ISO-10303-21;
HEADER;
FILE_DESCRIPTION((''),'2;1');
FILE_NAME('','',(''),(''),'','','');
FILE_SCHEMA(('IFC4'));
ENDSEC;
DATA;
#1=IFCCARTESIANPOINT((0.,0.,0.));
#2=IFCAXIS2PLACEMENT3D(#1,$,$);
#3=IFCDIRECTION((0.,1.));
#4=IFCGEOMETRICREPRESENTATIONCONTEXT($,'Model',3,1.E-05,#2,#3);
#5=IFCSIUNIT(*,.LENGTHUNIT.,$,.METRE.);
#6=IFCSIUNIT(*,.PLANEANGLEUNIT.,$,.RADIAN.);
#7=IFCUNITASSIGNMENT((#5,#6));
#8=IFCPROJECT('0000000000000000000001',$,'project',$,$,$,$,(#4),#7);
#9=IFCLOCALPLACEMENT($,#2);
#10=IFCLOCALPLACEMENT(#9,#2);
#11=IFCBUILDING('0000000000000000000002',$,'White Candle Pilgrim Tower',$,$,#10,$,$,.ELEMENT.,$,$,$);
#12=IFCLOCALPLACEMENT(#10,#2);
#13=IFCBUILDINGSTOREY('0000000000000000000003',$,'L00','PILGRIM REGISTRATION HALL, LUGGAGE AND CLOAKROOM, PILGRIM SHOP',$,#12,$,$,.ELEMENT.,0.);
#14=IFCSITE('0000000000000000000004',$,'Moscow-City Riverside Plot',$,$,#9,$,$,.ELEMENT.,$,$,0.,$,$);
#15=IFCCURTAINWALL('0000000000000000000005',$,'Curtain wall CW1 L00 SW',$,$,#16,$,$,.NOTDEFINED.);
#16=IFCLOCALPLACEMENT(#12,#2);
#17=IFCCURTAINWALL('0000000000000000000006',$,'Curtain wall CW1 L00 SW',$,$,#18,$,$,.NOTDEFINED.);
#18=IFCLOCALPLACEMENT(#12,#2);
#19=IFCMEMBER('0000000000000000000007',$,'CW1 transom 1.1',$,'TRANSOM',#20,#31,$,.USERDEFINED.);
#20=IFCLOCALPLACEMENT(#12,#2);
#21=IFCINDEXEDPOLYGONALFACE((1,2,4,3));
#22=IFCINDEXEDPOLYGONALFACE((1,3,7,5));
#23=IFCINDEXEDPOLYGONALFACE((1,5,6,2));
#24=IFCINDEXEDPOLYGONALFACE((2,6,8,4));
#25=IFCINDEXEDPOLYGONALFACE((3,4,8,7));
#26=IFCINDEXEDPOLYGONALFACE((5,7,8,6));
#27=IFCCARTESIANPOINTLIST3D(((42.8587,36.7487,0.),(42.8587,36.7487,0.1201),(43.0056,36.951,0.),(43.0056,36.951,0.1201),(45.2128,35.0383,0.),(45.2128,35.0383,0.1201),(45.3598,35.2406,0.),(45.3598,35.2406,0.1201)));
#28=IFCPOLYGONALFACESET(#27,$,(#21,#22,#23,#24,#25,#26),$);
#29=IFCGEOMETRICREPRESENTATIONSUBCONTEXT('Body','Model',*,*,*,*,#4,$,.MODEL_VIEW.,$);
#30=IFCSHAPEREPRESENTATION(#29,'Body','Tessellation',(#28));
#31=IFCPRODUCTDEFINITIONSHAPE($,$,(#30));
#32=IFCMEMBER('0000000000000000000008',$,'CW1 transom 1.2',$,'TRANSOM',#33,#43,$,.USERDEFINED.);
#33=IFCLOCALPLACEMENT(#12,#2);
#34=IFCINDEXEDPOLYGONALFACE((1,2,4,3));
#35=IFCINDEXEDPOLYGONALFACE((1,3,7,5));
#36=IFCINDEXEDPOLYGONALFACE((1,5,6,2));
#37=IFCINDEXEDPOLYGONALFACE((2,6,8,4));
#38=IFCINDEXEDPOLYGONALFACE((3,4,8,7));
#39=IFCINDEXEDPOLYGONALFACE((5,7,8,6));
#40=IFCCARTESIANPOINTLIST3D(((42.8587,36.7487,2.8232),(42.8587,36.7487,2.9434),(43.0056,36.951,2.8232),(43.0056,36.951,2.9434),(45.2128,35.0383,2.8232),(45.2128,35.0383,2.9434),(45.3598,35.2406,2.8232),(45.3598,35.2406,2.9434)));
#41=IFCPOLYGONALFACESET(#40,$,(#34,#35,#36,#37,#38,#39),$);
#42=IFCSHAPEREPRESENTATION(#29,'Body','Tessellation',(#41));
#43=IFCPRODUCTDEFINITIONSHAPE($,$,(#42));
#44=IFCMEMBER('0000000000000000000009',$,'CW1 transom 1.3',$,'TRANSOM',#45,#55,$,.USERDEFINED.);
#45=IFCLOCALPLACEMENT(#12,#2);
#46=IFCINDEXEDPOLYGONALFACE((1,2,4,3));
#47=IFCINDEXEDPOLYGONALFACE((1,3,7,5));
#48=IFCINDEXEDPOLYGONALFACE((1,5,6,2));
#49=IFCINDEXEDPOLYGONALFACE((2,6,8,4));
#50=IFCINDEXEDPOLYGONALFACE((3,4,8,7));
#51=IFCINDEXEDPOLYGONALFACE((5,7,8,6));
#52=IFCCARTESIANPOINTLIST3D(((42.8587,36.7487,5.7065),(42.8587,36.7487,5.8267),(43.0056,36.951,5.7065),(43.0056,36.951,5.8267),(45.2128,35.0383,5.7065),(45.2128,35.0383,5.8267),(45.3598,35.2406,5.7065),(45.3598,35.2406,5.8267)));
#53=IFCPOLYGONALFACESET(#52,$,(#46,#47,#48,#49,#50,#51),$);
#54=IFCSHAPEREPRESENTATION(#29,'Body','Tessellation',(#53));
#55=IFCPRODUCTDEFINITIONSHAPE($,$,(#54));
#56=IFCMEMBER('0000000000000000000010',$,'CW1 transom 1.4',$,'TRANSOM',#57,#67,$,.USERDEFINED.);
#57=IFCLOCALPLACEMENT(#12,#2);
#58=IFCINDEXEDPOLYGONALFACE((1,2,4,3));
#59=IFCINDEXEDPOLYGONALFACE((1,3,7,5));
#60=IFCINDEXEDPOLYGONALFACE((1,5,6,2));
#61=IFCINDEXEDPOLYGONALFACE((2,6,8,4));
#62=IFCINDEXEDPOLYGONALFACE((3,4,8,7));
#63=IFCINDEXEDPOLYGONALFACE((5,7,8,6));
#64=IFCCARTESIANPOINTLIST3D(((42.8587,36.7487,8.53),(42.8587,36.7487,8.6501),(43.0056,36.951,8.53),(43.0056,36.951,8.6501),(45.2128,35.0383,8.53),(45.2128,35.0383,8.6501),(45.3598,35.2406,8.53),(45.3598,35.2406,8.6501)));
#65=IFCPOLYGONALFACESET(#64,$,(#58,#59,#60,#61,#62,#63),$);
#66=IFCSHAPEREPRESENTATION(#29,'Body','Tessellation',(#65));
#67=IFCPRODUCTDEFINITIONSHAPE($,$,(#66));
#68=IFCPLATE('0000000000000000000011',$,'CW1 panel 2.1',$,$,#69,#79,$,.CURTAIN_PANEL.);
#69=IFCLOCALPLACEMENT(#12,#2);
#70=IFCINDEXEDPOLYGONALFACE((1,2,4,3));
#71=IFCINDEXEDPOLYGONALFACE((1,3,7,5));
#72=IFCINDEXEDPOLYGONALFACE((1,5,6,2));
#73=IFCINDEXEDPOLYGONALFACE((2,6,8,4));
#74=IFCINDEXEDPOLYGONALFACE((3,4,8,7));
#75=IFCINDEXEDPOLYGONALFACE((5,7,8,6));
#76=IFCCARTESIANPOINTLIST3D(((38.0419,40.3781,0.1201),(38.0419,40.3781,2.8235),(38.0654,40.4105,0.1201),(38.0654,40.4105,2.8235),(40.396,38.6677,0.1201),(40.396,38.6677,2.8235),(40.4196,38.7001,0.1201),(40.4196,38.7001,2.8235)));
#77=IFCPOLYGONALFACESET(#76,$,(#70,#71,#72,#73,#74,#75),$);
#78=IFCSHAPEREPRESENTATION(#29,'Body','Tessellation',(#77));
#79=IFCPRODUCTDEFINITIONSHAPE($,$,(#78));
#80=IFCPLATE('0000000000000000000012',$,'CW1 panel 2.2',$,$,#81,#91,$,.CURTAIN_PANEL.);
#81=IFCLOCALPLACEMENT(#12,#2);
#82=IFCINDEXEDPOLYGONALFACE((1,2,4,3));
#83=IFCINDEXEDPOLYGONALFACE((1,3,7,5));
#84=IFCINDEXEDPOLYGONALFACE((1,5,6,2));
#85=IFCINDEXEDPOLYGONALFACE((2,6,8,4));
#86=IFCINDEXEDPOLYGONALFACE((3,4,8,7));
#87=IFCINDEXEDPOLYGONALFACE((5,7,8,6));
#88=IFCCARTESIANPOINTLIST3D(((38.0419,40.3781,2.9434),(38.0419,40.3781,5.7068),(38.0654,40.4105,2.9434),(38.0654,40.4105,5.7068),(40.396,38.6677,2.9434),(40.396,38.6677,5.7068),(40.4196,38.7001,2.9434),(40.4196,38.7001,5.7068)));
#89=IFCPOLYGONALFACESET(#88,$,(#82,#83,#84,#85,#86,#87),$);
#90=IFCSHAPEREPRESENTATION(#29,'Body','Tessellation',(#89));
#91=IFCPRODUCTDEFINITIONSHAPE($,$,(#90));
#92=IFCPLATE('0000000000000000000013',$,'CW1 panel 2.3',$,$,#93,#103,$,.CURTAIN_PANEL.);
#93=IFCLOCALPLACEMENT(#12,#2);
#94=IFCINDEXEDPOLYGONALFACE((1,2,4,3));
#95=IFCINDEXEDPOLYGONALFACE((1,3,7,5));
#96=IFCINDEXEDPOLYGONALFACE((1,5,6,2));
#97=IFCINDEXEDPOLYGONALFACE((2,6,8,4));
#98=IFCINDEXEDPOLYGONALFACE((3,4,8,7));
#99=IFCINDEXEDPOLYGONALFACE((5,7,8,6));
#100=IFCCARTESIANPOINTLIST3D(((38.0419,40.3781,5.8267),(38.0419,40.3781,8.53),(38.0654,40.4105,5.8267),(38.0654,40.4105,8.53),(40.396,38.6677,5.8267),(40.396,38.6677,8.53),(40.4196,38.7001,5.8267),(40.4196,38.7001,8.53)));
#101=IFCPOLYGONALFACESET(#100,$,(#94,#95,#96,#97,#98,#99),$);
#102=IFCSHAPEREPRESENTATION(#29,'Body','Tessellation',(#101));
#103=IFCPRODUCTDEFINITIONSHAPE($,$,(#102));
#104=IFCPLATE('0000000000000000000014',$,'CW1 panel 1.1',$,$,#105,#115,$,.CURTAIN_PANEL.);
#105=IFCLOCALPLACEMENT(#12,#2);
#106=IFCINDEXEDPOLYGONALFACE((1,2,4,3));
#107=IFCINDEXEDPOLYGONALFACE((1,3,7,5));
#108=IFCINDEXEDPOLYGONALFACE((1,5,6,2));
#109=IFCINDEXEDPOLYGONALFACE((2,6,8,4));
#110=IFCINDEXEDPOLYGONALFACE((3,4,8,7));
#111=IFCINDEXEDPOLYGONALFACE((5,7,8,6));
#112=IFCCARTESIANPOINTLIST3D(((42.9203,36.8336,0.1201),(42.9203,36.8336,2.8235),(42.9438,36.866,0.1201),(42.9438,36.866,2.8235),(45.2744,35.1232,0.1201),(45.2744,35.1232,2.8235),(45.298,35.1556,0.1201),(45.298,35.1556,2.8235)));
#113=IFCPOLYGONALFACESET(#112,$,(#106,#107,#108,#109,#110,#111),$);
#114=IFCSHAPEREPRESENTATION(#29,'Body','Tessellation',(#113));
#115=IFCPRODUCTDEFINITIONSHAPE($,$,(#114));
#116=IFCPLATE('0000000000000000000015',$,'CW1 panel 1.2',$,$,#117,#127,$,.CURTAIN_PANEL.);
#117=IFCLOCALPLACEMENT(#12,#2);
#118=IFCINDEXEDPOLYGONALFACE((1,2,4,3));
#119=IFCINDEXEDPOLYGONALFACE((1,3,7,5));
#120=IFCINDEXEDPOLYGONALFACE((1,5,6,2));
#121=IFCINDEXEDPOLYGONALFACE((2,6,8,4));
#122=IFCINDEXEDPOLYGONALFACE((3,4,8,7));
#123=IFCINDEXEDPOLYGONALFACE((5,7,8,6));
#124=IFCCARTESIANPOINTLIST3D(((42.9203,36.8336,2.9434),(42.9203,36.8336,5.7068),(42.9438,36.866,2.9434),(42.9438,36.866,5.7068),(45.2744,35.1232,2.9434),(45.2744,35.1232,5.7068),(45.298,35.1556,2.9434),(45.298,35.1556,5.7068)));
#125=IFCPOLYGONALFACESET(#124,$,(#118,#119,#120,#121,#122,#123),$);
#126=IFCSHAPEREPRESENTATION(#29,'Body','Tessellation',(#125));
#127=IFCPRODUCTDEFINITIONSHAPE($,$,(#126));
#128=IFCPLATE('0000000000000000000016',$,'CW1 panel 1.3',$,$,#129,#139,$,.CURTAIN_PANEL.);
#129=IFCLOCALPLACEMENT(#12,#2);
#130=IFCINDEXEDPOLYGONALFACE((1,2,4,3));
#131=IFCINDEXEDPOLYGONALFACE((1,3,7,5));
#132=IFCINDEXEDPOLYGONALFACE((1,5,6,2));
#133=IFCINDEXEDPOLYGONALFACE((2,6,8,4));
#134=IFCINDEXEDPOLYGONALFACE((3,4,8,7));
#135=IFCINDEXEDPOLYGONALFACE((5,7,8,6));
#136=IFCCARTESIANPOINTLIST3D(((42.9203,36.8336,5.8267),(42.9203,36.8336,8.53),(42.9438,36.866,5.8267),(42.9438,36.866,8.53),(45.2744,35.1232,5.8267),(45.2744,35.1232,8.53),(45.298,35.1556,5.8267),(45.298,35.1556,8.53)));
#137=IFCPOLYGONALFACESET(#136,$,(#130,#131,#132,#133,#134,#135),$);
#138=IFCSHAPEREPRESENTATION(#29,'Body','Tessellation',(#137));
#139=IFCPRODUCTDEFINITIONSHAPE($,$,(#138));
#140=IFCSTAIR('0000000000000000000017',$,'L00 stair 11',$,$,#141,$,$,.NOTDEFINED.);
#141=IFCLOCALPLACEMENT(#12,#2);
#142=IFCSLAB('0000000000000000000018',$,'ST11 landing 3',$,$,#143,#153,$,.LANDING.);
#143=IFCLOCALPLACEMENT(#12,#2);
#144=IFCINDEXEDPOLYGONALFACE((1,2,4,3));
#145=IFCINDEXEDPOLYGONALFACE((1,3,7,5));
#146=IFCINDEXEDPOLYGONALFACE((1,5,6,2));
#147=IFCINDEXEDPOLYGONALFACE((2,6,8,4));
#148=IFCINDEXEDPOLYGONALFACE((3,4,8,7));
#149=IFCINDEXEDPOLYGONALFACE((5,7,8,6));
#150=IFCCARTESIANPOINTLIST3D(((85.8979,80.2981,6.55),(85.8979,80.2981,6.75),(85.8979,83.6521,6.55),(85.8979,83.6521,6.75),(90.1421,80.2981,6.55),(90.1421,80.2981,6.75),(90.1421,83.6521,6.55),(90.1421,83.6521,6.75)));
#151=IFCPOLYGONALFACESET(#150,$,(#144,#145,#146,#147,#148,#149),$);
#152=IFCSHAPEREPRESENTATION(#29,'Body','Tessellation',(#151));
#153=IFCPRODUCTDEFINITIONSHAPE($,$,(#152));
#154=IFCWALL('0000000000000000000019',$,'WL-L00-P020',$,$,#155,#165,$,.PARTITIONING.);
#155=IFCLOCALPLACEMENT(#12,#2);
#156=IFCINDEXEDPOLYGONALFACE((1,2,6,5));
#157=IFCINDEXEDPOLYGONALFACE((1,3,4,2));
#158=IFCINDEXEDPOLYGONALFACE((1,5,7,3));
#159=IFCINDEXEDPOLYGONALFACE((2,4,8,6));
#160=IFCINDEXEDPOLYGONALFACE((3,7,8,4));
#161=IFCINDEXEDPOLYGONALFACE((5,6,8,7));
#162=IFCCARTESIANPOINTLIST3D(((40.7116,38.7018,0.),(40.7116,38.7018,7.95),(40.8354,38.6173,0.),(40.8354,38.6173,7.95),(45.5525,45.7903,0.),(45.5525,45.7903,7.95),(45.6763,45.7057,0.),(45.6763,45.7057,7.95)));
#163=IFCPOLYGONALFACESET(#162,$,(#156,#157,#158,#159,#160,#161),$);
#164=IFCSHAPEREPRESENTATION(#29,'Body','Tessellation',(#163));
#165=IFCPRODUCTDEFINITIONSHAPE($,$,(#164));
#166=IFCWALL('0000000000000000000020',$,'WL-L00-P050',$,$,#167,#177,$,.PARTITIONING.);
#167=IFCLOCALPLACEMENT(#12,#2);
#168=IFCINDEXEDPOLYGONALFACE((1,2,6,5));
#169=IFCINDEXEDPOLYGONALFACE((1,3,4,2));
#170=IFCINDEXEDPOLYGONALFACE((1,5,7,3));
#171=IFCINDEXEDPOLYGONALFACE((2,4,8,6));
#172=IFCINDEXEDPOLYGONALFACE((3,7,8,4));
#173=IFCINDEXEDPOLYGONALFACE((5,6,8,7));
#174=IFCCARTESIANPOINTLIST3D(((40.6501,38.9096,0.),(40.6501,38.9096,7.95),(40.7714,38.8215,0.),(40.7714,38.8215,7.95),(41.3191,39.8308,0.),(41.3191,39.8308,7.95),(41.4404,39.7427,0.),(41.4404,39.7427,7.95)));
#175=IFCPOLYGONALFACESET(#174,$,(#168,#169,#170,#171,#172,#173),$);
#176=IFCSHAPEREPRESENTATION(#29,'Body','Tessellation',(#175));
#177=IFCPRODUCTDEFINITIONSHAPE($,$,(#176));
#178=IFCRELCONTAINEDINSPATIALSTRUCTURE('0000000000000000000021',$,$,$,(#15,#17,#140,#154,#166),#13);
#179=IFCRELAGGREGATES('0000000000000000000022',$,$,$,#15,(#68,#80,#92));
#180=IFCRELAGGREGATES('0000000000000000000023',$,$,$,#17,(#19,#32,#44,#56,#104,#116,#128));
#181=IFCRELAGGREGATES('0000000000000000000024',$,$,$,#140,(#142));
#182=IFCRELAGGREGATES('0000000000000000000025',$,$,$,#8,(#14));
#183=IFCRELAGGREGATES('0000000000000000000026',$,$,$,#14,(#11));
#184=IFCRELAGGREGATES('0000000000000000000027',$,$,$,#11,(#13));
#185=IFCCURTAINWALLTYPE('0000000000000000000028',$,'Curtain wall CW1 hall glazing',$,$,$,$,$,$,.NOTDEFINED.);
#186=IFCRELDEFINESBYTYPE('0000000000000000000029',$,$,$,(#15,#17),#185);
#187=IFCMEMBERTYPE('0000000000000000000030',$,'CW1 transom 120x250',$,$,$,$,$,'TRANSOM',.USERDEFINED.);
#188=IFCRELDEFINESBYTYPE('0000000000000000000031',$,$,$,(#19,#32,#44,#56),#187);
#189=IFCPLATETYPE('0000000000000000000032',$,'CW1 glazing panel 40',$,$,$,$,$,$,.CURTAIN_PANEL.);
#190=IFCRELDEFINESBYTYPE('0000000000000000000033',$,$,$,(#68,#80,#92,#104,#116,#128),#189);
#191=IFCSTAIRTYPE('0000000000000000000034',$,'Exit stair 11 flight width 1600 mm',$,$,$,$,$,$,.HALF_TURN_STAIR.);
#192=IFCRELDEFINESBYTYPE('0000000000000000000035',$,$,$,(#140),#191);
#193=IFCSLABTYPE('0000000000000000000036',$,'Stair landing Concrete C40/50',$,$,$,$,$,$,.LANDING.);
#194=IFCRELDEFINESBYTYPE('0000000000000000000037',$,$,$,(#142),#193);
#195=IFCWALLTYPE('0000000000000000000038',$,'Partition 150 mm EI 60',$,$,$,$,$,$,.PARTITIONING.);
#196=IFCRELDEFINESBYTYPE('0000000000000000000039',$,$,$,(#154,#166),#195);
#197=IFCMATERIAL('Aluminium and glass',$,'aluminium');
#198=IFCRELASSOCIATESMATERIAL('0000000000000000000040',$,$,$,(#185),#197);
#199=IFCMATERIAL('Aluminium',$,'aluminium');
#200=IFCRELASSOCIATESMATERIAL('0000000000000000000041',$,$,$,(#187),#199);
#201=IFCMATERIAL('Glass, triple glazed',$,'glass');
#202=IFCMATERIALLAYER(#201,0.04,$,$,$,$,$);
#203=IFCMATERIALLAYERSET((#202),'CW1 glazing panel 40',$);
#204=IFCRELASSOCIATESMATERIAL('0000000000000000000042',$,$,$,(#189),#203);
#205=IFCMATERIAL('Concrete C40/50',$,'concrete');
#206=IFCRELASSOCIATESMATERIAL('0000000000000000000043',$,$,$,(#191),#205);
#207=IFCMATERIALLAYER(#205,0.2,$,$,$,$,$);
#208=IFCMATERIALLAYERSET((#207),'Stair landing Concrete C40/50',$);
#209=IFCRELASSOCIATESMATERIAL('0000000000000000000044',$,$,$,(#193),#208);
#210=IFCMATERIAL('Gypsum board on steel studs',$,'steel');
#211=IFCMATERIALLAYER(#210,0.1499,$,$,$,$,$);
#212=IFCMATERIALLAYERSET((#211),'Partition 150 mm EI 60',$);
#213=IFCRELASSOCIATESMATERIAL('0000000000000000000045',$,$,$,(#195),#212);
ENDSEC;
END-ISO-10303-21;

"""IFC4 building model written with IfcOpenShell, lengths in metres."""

from ifc_helpers import new_model, si_unit, direction, frame, frame_2d, origin, origin_2d, place, context, subcontext, project, spatial, polyline, rectangle, outline, extrude, material, layer, layer_set, material_profile, profile_set, type_object, element, aggregate, save


model = new_model("IFC4")

# Units and contexts
model_context = context("Model", 3, precision=1e-05, world=origin(), true_north=direction((0.0, 1.0)))
body_context = subcontext(model_context, "Body", "Model", "MODEL_VIEW")
ifc_project = project(units=[si_unit("LENGTHUNIT", "METRE"), si_unit("PLANEANGLEUNIT", "RADIAN")], contexts=[model_context])

# Site, building, storey
site_placement = place(None, origin())
site = spatial("IfcSite", under=ifc_project, at=site_placement, Name="Moscow-City Riverside Plot", CompositionType="ELEMENT", RefElevation=0.0)
building_placement = place(site_placement, origin())
building = spatial("IfcBuilding", under=site, at=building_placement, Name="White Candle Pilgrim Tower", CompositionType="ELEMENT")
storey_placement = place(building_placement, origin())
storey = spatial("IfcBuildingStorey", under=building, at=storey_placement, Name="L00", Description="PILGRIM REGISTRATION HALL, LUGGAGE AND CLOAKROOM, PILGRIM SHOP", CompositionType="ELEMENT", Elevation=0.0)

# Curtain walls
ifc_material_1 = material(Name="Aluminium and glass", Category="aluminium")
curtain_wall_type = type_object("IfcCurtainWallType", Name="Curtain wall CW1 hall glazing", PredefinedType="NOTDEFINED", material=ifc_material_1)
curtain_wall_1_placement = place(storey_placement, origin())
curtain_wall_1 = element("IfcCurtainWall", 1, at=curtain_wall_1_placement, inside=storey, type_object=curtain_wall_type, Name="Curtain wall CW1 L00 SW", PredefinedType="NOTDEFINED")
ifc_material_2 = material(Name="Aluminium", Category="aluminium")
curtain_wall_2_placement = place(storey_placement, origin())
curtain_wall_2 = element("IfcCurtainWall", 2, at=curtain_wall_2_placement, inside=storey, type_object=curtain_wall_type, Name="Curtain wall CW1 L00 SW", PredefinedType="NOTDEFINED")

# Members
ifc_material_profile_1 = material_profile(ifc_material_2, rectangle(XDim=0.25, YDim=0.1201, at=origin_2d()), Name="CW1 transom 120x250")
ifc_profile_set_1 = profile_set([ifc_material_profile_1], Name="Aluminium")
member_type_1 = type_object("IfcMemberType", Name="CW1 transom 120x250", ElementType="TRANSOM", PredefinedType="USERDEFINED", material=ifc_profile_set_1)
member_1_placement = place(storey_placement, frame((42.9321, 36.8499, 0.0601), z_axis=(0.809019, -0.587783, 0.0), x_axis=(0.587783, 0.809019, 0.0)))
member_1 = element("IfcMember", 3, at=member_1_placement, type_object=member_type_1, Name="CW1 transom 1.1", ObjectType="TRANSOM", PredefinedType="USERDEFINED", context=body_context, shape_type="SweptSolid", body=[
    extrude(rectangle(XDim=0.25, YDim=0.1201, at=origin_2d()), origin(), (0.0, 0.0, 1.0), 2.9099),
])
member_2_placement = place(storey_placement, frame((42.9321, 36.8499, 2.8833), z_axis=(0.809019, -0.587783, 0.0), x_axis=(0.587783, 0.809019, 0.0)))
member_2 = element("IfcMember", 4, at=member_2_placement, type_object=member_type_1, Name="CW1 transom 1.2", ObjectType="TRANSOM", PredefinedType="USERDEFINED", context=body_context, shape_type="SweptSolid", body=[
    extrude(rectangle(XDim=0.25, YDim=0.1201, at=origin_2d()), origin(), (0.0, 0.0, 1.0), 2.9099),
])
member_3_placement = place(storey_placement, frame((42.9321, 36.8499, 5.7666), z_axis=(0.809019, -0.587783, 0.0), x_axis=(0.587783, 0.809019, 0.0)))
member_3 = element("IfcMember", 5, at=member_3_placement, type_object=member_type_1, Name="CW1 transom 1.3", ObjectType="TRANSOM", PredefinedType="USERDEFINED", context=body_context, shape_type="SweptSolid", body=[
    extrude(rectangle(XDim=0.25, YDim=0.1201, at=origin_2d()), origin(), (0.0, 0.0, 1.0), 2.9099),
])
member_4_placement = place(storey_placement, frame((42.9321, 36.8499, 8.5901), z_axis=(0.809019, -0.587783, 0.0), x_axis=(0.587783, 0.809019, 0.0)))
member_4 = element("IfcMember", 6, at=member_4_placement, type_object=member_type_1, Name="CW1 transom 1.4", ObjectType="TRANSOM", PredefinedType="USERDEFINED", context=body_context, shape_type="SweptSolid", body=[
    extrude(rectangle(XDim=0.25, YDim=0.1201, at=origin_2d()), origin(), (0.0, 0.0, 1.0), 2.9099),
])

# Plates
ifc_material_3 = material(Name="Glass, triple glazed", Category="glass")
ifc_layer_1 = layer(ifc_material_3, 0.04)
ifc_layer_set_1 = layer_set([ifc_layer_1], Name="CW1 glazing panel 40")
plate_type = type_object("IfcPlateType", Name="CW1 glazing panel 40", PredefinedType="CURTAIN_PANEL", material=ifc_layer_set_1)
plate_1_placement = place(storey_placement, frame((39.2307, 39.5391, 0.1201), z_axis=(0.0, 0.0, 1.0), x_axis=(0.809017, -0.587785, 0.0)))
plate_1 = element("IfcPlate", 7, at=plate_1_placement, type_object=plate_type, Name="CW1 panel 2.1", PredefinedType="CURTAIN_PANEL", context=body_context, shape_type="SweptSolid", body=[
    extrude(rectangle(XDim=2.9099, YDim=0.04, at=origin_2d()), origin(), (0.0, 0.0, 1.0), 2.7034),
])
plate_2_placement = place(storey_placement, frame((39.2307, 39.5391, 2.9434), z_axis=(0.0, 0.0, 1.0), x_axis=(0.809017, -0.587785, 0.0)))
plate_2 = element("IfcPlate", 8, at=plate_2_placement, type_object=plate_type, Name="CW1 panel 2.2", PredefinedType="CURTAIN_PANEL", context=body_context, shape_type="SweptSolid", body=[
    extrude(rectangle(XDim=2.9099, YDim=0.04, at=origin_2d()), origin(), (0.0, 0.0, 1.0), 2.7634),
])
plate_3_placement = place(storey_placement, frame((39.2307, 39.5391, 5.8267), z_axis=(0.0, 0.0, 1.0), x_axis=(0.809017, -0.587785, 0.0)))
plate_3 = element("IfcPlate", 9, at=plate_3_placement, type_object=plate_type, Name="CW1 panel 2.3", PredefinedType="CURTAIN_PANEL", context=body_context, shape_type="SweptSolid", body=[
    extrude(rectangle(XDim=2.9099, YDim=0.04, at=origin_2d()), origin(), (0.0, 0.0, 1.0), 2.7034),
])
aggregate(curtain_wall_1, [plate_1, plate_2, plate_3])
plate_4_placement = place(storey_placement, frame((44.1091, 35.9946, 0.1201), z_axis=(0.0, 0.0, 1.0), x_axis=(0.809017, -0.587785, 0.0)))
plate_4 = element("IfcPlate", 10, at=plate_4_placement, type_object=plate_type, Name="CW1 panel 1.1", PredefinedType="CURTAIN_PANEL", context=body_context, shape_type="SweptSolid", body=[
    extrude(rectangle(XDim=2.9099, YDim=0.04, at=origin_2d()), origin(), (0.0, 0.0, 1.0), 2.7034),
])
plate_5_placement = place(storey_placement, frame((44.1091, 35.9946, 2.9434), z_axis=(0.0, 0.0, 1.0), x_axis=(0.809017, -0.587785, 0.0)))
plate_5 = element("IfcPlate", 11, at=plate_5_placement, type_object=plate_type, Name="CW1 panel 1.2", PredefinedType="CURTAIN_PANEL", context=body_context, shape_type="SweptSolid", body=[
    extrude(rectangle(XDim=2.9099, YDim=0.04, at=origin_2d()), origin(), (0.0, 0.0, 1.0), 2.7634),
])
plate_6_placement = place(storey_placement, frame((44.1091, 35.9946, 5.8267), z_axis=(0.0, 0.0, 1.0), x_axis=(0.809017, -0.587785, 0.0)))
plate_6 = element("IfcPlate", 12, at=plate_6_placement, type_object=plate_type, Name="CW1 panel 1.3", PredefinedType="CURTAIN_PANEL", context=body_context, shape_type="SweptSolid", body=[
    extrude(rectangle(XDim=2.9099, YDim=0.04, at=origin_2d()), origin(), (0.0, 0.0, 1.0), 2.7034),
])
aggregate(curtain_wall_2, [member_1, member_2, member_3, member_4, plate_4, plate_5, plate_6])

# Stair, slab
ifc_material_4 = material(Name="Concrete C40/50", Category="concrete")
stair_type = type_object("IfcStairType", Name="Exit stair 11 flight width 1600 mm", PredefinedType="HALF_TURN_STAIR", material=ifc_material_4)
stair_placement = place(storey_placement, origin())
stair = element("IfcStair", 13, at=stair_placement, inside=storey, type_object=stair_type, Name="L00 stair 11", PredefinedType="NOTDEFINED")
ifc_layer_2 = layer(ifc_material_4, 0.2)
ifc_layer_set_2 = layer_set([ifc_layer_2], Name="Stair landing Concrete C40/50")
slab_type = type_object("IfcSlabType", Name="Stair landing Concrete C40/50", PredefinedType="LANDING", material=ifc_layer_set_2)
slab_placement = place(storey_placement, frame((0.0, 0.0, 6.55)))
slab = element("IfcSlab", 14, at=slab_placement, type_object=slab_type, Name="ST11 landing 3", PredefinedType="LANDING", context=body_context, shape_type="SweptSolid", body=[
    extrude(outline(polyline([(90.1421, 83.6521), (90.1421, 80.2981), (85.8979, 80.2981), (85.8979, 83.6521), (90.1421, 83.6521)])), origin(), (0.0, 0.0, 1.0), 0.2),
])
aggregate(stair, [slab])

# Walls
ifc_material_5 = material(Name="Gypsum board on steel studs", Category="steel")
ifc_layer_3 = layer(ifc_material_5, 0.1499)
ifc_layer_set_3 = layer_set([ifc_layer_3], Name="Partition 150 mm EI 60")
wall_type_1 = type_object("IfcWallType", Name="Partition 150 mm EI 60", PredefinedType="PARTITIONING", material=ifc_layer_set_3)
wall_1_placement = place(storey_placement, frame((40.7734, 38.6594, 0.0), z_axis=(0.0, 0.0, 1.0), x_axis=(0.56396, 0.825802, 0.0)))
element("IfcWall", 15, at=wall_1_placement, inside=storey, type_object=wall_type_1, Name="WL-L00-P020", PredefinedType="PARTITIONING", context=body_context, shape_type="SweptSolid", body=[
    extrude(rectangle(XDim=8.5837, YDim=0.1499, at=frame_2d((4.292, 0.0))), origin(), (0.0, 0.0, 1.0), 7.95),
])
wall_2_placement = place(storey_placement, frame((40.7107, 38.8655, 0.0), z_axis=(0.0, 0.0, 1.0), x_axis=(0.58761, 0.809144, 0.0)))
element("IfcWall", 16, at=wall_2_placement, inside=storey, type_object=wall_type_1, Name="WL-L00-P050", PredefinedType="PARTITIONING", context=body_context, shape_type="SweptSolid", body=[
    extrude(rectangle(XDim=1.1384, YDim=0.1499, at=frame_2d((0.5693, 0.0))), origin(), (0.0, 0.0, 1.0), 7.95),
])

save(model, "model.ifc")
